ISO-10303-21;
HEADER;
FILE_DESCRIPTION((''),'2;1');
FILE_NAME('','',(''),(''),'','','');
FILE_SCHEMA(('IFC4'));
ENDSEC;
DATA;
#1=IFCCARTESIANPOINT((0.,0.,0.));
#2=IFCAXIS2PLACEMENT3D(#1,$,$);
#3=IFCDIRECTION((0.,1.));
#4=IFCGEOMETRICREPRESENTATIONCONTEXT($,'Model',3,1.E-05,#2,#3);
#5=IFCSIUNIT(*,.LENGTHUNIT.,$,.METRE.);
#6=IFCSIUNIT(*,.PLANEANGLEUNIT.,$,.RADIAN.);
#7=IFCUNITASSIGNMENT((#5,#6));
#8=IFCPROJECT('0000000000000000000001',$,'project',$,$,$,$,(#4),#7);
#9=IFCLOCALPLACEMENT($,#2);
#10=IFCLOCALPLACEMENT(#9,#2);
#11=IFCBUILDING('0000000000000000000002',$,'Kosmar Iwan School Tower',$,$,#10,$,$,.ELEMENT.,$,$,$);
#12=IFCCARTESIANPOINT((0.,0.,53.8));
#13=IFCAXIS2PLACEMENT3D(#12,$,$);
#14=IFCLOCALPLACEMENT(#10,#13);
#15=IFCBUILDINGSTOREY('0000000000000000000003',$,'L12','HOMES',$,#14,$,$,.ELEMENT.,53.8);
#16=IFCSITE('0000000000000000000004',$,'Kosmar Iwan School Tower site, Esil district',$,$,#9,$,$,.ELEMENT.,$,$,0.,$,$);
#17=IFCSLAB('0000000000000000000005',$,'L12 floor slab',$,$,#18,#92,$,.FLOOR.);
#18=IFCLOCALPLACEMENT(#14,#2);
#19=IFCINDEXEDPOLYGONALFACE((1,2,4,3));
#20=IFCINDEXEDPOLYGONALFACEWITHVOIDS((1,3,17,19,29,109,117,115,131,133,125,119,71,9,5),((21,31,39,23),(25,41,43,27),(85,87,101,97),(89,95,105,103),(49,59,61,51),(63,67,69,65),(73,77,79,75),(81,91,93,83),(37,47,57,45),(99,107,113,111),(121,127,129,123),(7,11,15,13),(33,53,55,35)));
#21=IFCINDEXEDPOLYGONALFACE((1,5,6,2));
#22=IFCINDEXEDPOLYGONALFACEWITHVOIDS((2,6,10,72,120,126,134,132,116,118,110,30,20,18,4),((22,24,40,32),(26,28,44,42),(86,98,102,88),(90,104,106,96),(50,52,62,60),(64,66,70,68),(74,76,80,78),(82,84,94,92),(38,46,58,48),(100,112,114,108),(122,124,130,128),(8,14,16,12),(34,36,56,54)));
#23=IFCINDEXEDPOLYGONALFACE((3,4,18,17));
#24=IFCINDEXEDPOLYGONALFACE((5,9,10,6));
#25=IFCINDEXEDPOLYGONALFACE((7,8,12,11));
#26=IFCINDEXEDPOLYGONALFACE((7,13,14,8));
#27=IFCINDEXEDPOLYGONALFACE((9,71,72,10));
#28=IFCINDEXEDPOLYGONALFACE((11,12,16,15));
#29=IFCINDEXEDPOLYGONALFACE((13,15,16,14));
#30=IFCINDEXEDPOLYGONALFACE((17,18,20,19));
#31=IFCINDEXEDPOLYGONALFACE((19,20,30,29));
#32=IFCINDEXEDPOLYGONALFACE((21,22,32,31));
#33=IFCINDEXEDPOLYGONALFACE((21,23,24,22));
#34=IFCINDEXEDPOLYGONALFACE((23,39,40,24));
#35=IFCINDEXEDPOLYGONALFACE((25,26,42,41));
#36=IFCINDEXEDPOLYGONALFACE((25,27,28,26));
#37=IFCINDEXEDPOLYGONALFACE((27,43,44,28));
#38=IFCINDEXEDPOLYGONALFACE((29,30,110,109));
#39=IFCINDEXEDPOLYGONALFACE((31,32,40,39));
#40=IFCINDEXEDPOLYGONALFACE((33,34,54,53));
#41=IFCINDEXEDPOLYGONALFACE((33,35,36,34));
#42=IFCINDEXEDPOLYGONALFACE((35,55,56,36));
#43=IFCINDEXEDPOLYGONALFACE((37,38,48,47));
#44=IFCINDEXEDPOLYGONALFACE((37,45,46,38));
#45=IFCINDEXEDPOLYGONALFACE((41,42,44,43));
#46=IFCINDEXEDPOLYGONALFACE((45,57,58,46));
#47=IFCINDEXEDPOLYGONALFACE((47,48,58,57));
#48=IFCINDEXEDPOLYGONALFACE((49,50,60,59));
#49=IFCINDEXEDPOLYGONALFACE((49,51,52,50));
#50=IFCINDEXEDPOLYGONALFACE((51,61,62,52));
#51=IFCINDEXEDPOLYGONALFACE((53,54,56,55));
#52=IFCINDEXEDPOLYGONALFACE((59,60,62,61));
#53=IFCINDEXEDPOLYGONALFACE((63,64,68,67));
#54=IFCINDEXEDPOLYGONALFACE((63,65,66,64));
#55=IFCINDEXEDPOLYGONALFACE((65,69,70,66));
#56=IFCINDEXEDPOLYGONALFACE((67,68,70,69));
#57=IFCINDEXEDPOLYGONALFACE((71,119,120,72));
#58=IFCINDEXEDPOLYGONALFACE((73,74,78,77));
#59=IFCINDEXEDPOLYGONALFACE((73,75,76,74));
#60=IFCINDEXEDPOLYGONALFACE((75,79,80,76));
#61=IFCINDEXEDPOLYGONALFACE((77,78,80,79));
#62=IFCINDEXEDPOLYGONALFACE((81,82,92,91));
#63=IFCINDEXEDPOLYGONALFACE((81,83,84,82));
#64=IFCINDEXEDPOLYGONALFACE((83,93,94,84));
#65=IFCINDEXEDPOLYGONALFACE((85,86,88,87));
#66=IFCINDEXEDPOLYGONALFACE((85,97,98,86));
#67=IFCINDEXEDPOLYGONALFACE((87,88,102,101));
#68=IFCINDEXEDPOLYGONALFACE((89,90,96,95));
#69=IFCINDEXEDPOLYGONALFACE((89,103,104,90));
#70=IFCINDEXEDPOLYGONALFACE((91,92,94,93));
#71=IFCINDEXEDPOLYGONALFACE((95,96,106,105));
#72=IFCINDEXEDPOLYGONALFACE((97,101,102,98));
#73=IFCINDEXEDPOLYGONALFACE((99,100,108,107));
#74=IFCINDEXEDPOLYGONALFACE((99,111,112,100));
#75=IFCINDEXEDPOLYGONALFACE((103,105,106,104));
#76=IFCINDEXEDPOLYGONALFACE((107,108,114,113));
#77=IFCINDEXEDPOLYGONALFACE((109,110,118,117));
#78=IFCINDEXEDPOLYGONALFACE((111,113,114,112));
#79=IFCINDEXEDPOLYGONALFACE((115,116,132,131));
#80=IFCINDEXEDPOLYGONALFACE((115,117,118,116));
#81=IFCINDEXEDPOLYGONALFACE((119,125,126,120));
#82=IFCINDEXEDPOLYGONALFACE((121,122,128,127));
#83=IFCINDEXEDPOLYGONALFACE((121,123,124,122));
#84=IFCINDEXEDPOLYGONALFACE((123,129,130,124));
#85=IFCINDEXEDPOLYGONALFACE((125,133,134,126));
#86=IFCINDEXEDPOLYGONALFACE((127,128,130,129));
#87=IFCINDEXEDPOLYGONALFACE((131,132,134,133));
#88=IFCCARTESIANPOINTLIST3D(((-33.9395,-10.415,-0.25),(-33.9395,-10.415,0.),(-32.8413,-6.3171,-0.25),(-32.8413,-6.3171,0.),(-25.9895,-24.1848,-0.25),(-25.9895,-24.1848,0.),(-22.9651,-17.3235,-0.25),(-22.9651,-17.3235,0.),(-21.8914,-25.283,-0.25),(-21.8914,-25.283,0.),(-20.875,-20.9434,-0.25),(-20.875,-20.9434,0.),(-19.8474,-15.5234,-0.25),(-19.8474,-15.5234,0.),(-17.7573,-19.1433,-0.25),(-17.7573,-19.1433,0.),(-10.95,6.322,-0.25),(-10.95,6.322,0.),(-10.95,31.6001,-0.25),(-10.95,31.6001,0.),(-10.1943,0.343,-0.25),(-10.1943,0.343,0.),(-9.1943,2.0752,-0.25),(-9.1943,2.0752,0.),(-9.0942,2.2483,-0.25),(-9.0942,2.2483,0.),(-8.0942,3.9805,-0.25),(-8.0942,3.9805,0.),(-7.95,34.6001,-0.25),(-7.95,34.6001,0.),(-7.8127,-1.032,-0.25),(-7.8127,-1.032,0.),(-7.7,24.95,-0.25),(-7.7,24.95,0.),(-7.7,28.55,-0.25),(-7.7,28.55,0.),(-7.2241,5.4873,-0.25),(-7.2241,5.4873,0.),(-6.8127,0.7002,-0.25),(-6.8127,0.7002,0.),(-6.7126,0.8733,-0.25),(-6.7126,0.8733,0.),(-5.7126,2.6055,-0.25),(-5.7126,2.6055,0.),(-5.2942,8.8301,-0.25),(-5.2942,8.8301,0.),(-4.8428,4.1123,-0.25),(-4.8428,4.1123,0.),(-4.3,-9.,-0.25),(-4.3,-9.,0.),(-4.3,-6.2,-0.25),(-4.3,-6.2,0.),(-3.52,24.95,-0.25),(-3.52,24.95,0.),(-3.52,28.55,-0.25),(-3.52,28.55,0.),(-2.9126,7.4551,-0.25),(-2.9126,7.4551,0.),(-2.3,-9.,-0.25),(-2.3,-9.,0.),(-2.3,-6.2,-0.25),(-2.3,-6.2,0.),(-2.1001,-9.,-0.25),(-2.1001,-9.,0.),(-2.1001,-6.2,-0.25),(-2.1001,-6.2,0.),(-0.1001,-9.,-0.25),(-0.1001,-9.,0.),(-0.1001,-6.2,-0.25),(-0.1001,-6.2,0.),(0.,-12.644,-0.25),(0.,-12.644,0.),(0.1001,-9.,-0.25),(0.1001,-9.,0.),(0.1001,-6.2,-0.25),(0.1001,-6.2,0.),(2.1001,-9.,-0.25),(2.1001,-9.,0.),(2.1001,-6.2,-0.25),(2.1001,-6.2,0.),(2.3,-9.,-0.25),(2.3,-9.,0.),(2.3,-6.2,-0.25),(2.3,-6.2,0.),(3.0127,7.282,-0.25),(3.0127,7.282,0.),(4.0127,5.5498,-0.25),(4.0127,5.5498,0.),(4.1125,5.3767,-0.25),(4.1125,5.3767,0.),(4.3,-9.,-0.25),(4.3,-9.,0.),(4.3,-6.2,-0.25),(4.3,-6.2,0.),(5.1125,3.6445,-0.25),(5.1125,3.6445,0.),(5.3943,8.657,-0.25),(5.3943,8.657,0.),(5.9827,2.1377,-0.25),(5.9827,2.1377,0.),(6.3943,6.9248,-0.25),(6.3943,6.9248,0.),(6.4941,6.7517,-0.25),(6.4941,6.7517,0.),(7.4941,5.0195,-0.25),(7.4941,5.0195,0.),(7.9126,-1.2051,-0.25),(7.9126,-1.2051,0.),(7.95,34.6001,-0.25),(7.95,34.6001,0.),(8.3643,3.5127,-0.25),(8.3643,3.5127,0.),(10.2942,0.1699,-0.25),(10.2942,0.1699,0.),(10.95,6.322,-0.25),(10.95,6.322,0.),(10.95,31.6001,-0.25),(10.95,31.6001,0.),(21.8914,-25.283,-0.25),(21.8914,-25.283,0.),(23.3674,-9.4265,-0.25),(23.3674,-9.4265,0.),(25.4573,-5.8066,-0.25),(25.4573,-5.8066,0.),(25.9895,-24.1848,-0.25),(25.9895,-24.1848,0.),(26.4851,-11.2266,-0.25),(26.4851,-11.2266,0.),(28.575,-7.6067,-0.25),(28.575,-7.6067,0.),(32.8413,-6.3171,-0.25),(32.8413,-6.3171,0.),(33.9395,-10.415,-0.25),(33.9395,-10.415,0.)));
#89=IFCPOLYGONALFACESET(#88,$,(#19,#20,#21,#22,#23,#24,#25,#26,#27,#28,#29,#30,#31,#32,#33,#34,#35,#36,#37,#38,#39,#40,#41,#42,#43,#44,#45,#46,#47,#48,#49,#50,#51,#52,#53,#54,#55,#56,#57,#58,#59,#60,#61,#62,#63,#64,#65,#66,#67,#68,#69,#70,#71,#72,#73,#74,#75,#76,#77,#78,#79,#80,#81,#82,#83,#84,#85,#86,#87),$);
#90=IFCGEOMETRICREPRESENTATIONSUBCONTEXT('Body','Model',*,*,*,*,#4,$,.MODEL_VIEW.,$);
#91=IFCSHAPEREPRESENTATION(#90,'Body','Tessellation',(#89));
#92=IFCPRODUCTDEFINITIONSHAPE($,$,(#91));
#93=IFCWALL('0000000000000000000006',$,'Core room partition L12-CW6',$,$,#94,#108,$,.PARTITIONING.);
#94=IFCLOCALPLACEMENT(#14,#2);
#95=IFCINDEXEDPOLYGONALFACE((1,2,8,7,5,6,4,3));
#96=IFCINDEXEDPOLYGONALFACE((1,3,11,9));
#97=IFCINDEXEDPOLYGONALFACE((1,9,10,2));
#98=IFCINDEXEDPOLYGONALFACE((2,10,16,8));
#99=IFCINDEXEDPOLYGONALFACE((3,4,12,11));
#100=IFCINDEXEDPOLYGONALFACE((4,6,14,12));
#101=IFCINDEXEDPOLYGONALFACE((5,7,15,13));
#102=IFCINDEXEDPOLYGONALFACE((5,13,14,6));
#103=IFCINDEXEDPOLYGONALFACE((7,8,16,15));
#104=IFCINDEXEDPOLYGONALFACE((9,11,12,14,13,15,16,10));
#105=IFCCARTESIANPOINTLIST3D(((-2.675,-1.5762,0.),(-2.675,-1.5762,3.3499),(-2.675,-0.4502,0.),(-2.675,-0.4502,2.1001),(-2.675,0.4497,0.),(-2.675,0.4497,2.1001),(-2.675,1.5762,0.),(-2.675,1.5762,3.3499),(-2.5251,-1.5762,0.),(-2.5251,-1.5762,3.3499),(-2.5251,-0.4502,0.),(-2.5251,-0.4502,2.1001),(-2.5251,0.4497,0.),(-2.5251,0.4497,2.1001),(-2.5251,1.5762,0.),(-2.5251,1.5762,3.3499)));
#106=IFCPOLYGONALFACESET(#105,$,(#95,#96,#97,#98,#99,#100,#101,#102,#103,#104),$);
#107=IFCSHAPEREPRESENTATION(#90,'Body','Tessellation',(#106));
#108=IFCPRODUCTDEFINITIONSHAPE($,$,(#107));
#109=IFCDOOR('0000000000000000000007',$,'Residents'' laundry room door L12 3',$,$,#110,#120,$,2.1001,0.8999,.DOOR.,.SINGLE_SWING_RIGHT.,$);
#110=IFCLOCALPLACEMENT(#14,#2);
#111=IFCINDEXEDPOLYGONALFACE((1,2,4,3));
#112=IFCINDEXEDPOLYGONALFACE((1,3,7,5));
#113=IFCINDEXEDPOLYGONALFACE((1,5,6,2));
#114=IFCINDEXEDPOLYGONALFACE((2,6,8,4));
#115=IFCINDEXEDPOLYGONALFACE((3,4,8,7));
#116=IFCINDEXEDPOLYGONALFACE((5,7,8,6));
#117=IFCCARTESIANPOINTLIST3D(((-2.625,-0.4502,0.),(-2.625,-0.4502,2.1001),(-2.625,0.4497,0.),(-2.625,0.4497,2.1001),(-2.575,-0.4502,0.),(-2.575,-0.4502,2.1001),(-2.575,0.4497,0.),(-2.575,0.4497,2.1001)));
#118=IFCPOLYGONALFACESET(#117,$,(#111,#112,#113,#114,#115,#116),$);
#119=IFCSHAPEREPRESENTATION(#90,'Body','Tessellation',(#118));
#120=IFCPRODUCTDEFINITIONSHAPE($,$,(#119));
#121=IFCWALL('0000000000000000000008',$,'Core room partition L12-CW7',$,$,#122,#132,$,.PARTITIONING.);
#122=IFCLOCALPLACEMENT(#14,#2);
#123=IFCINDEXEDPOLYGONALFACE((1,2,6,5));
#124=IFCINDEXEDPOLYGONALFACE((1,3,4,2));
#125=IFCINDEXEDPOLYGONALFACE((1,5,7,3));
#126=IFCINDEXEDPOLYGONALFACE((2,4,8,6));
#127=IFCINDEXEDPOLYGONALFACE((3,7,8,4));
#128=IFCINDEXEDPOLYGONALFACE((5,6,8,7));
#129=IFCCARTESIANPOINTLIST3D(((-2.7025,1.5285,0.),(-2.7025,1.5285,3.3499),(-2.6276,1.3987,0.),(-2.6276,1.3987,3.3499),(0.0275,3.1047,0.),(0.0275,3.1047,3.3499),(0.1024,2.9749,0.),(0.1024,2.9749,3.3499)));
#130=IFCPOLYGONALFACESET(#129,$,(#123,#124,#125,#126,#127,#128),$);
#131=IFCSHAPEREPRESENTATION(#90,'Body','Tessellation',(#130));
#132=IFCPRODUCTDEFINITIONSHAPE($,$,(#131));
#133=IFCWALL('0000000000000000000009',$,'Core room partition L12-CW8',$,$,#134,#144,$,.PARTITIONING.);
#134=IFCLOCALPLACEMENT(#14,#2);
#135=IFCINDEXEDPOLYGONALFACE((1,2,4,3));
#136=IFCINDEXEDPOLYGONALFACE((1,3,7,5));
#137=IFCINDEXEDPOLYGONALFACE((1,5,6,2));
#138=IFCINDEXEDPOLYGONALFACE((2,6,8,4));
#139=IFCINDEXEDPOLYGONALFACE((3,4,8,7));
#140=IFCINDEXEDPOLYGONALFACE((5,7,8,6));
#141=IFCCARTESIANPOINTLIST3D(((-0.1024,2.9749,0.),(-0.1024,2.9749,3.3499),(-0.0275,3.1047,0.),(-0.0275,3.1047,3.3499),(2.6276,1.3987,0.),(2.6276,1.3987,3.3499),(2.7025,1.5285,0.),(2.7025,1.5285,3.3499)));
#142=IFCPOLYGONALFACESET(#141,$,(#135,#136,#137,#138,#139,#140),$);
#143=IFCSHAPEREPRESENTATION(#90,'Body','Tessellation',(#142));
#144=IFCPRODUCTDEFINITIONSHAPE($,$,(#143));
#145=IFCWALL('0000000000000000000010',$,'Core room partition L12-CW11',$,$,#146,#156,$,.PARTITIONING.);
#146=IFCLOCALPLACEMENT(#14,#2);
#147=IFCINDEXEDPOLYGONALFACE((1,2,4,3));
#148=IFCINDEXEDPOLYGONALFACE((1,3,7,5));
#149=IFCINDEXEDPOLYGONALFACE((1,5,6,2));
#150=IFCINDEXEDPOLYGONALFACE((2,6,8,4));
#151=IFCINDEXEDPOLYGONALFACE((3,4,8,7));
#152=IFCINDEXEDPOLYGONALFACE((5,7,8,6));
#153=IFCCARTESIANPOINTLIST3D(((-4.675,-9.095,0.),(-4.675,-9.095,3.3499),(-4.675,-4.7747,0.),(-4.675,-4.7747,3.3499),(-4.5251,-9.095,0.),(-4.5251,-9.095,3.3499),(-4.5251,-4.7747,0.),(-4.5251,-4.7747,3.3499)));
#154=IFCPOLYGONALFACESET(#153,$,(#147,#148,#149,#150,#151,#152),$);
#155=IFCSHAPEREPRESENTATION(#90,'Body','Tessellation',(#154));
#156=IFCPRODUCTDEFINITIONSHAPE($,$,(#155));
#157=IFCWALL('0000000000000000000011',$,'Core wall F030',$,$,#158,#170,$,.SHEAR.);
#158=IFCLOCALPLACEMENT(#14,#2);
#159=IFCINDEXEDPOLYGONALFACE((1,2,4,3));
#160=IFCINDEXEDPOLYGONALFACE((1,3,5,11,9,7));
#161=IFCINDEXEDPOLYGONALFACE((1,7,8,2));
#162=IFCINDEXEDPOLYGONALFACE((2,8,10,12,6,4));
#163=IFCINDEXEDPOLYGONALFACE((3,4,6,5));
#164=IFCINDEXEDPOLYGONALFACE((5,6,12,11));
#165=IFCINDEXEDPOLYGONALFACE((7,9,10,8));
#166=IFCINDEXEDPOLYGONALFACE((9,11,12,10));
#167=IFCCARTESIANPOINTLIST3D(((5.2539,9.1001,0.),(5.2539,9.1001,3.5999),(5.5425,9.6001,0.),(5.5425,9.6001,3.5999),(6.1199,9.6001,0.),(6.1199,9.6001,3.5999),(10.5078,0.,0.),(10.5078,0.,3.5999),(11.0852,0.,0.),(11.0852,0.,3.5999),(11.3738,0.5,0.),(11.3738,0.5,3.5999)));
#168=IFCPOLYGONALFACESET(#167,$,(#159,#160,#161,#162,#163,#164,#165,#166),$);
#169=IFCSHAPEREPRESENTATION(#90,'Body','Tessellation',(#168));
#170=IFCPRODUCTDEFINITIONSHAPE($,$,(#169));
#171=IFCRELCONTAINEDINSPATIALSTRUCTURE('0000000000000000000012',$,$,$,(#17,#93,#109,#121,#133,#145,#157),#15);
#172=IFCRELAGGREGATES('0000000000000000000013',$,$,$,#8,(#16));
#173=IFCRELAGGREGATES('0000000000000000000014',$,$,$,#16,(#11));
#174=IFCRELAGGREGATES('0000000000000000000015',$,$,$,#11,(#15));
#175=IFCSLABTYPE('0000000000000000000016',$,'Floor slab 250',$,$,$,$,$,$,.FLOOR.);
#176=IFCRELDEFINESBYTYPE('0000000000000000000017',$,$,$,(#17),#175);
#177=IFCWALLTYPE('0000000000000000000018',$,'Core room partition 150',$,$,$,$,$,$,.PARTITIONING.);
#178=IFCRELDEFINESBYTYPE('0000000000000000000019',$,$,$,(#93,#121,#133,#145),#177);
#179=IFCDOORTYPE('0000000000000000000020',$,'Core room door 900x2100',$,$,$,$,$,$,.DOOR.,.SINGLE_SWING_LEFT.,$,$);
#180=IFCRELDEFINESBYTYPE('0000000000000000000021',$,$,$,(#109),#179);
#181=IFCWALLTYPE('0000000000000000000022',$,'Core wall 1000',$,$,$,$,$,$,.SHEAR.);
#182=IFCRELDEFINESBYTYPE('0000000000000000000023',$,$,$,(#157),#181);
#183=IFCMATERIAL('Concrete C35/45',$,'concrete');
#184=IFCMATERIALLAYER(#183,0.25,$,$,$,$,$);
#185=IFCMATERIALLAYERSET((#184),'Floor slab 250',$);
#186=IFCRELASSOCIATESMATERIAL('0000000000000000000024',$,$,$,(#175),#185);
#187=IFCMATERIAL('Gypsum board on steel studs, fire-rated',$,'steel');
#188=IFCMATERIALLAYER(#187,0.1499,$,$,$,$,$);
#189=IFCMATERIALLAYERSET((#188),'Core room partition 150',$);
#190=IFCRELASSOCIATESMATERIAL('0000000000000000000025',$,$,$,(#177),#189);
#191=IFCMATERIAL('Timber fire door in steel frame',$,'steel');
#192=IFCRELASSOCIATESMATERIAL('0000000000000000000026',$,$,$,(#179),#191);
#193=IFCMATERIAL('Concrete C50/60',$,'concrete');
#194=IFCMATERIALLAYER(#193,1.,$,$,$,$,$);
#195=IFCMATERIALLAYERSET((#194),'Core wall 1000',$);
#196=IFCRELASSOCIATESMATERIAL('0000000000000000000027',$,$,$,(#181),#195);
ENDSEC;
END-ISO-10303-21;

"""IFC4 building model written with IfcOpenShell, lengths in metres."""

from ifc_helpers import new_model, si_unit, direction, frame, frame_2d, origin, place, context, subcontext, project, spatial, polyline, rectangle, outline, extrude, material, layer, layer_set, type_object, element, fill, save


model = new_model("IFC4")

# Units and contexts
model_context = context("Model", 3, precision=1e-05, world=origin(), true_north=direction((0.0, 1.0)))
body_context = subcontext(model_context, "Body", "Model", "MODEL_VIEW")
ifc_project = project(units=[si_unit("LENGTHUNIT", "METRE"), si_unit("PLANEANGLEUNIT", "RADIAN")], contexts=[model_context])

# Site, building, storey
site_placement = place(None, origin())
site = spatial("IfcSite", under=ifc_project, at=site_placement, Name="Kosmar Iwan School Tower site, Esil district", CompositionType="ELEMENT", RefElevation=0.0)
building_placement = place(site_placement, origin())
building = spatial("IfcBuilding", under=site, at=building_placement, Name="Kosmar Iwan School Tower", CompositionType="ELEMENT")
storey_placement = place(building_placement, frame((0.0, 0.0, 53.8)))
storey = spatial("IfcBuildingStorey", under=building, at=storey_placement, Name="L12", Description="HOMES", CompositionType="ELEMENT", Elevation=53.8)

# Slab
ifc_material_1 = material(Name="Concrete C35/45", Category="concrete")
ifc_layer_1 = layer(ifc_material_1, 0.25)
ifc_layer_set_1 = layer_set([ifc_layer_1], Name="Floor slab 250")
slab_type = type_object("IfcSlabType", Name="Floor slab 250", PredefinedType="FLOOR", material=ifc_layer_set_1)
slab_placement = place(storey_placement, frame((0.0, 0.0, -0.25)))
element("IfcSlab", 1, at=slab_placement, inside=storey, type_object=slab_type, Name="L12 floor slab", PredefinedType="FLOOR", context=body_context, shape_type="SweptSolid", body=[
    extrude(outline(polyline([(-21.8914, -25.283), (0.0, -12.644), (21.8914, -25.283), (25.9895, -24.1848), (33.9395, -10.415), (32.8413, -6.3171), (10.95, 6.322), (10.95, 31.6001), (7.95, 34.6001), (-7.95, 34.6001), (-10.95, 31.6001), (-10.95, 6.322), (-32.8413, -6.3171), (-33.9395, -10.415), (-25.9895, -24.1848), (-21.8914, -25.283)]), holes=[polyline([(7.9126, -1.2051), (10.2942, 0.1699), (8.3643, 3.5127), (5.9827, 2.1377), (7.9126, -1.2051)]), polyline([(-2.9126, 7.4551), (-5.2942, 8.8301), (-7.2241, 5.4873), (-4.8428, 4.1123), (-2.9126, 7.4551)]), polyline([(-5.7126, 2.6055), (-8.0942, 3.9805), (-9.0942, 2.2483), (-6.7126, 0.8733), (-5.7126, 2.6055)]), polyline([(-6.8127, 0.7002), (-9.1943, 2.0752), (-10.1943, 0.343), (-7.8127, -1.032), (-6.8127, 0.7002)]), polyline([(5.1125, 3.6445), (7.4941, 5.0195), (6.4941, 6.7517), (4.1125, 5.3767), (5.1125, 3.6445)]), polyline([(4.0127, 5.5498), (6.3943, 6.9248), (5.3943, 8.657), (3.0127, 7.282), (4.0127, 5.5498)]), polyline([(-4.3, -6.2), (-4.3, -9.0), (-2.3, -9.0), (-2.3, -6.2), (-4.3, -6.2)]), polyline([(-2.1001, -6.2), (-2.1001, -9.0), (-0.1001, -9.0), (-0.1001, -6.2), (-2.1001, -6.2)]), polyline([(0.1001, -6.2), (0.1001, -9.0), (2.1001, -9.0), (2.1001, -6.2), (0.1001, -6.2)]), polyline([(2.3, -6.2), (2.3, -9.0), (4.3, -9.0), (4.3, -6.2), (2.3, -6.2)]), polyline([(-3.52, 24.95), (-3.52, 28.55), (-7.7, 28.55), (-7.7, 24.95), (-3.52, 24.95)]), polyline([(-19.8474, -15.5234), (-22.9651, -17.3235), (-20.875, -20.9434), (-17.7573, -19.1433), (-19.8474, -15.5234)]), polyline([(23.3674, -9.4265), (26.4851, -11.2266), (28.575, -7.6067), (25.4573, -5.8066), (23.3674, -9.4265)])]), origin(), (0.0, 0.0, 1.0), 0.25),
])

# Wall, opening, door
ifc_material_2 = material(Name="Gypsum board on steel studs, fire-rated", Category="steel")
ifc_layer_2 = layer(ifc_material_2, 0.1499)
ifc_layer_set_2 = layer_set([ifc_layer_2], Name="Core room partition 150")
wall_type_1 = type_object("IfcWallType", Name="Core room partition 150", PredefinedType="PARTITIONING", material=ifc_layer_set_2)
wall_1_placement = place(storey_placement, frame((-2.6001, -1.5762, 0.0), z_axis=(0.0, 0.0, 1.0), x_axis=(0.0, 1.0, 0.0)))
wall_1 = element("IfcWall", 2, at=wall_1_placement, inside=storey, type_object=wall_type_1, Name="Core room partition L12-CW6", PredefinedType="PARTITIONING", context=body_context, shape_type="SweptSolid", body=[
    extrude(rectangle(XDim=3.1523, YDim=0.1499, at=frame_2d((1.5762, 0.0))), origin(), (0.0, 0.0, 1.0), 3.3499),
])
opening_1_placement = place(wall_1_placement, frame((1.126, 0.0, 0.0)))
opening_1 = element("IfcOpeningElement", 3, at=opening_1_placement, cuts=wall_1, PredefinedType="OPENING", context=body_context, shape_type="SweptSolid", body=[
    extrude(rectangle(XDim=0.8999, YDim=2.1001, at=frame_2d((0.45, 1.05))), frame((0.0, 0.0869, 0.0), z_axis=(0.0, -1.0, 0.0), x_axis=(1.0, 0.0, 0.0)), (0.0, 0.0, 1.0), 0.1738),
])
ifc_material_3 = material(Name="Timber fire door in steel frame", Category="steel")
door_type_1 = type_object("IfcDoorType", Name="Core room door 900x2100", OperationType="SINGLE_SWING_LEFT", PredefinedType="DOOR", material=ifc_material_3)
door_1_placement = place(opening_1_placement, origin())
door_1 = element("IfcDoor", 4, at=door_1_placement, inside=storey, type_object=door_type_1, Name="Residents' laundry room door L12 3", OperationType="SINGLE_SWING_RIGHT", OverallHeight=2.1001, OverallWidth=0.8999, PredefinedType="DOOR", context=body_context, shape_type="SweptSolid", body=[
    extrude(rectangle(XDim=0.8999, YDim=2.1001, at=frame_2d((0.45, 1.05))), frame((0.0, 0.0249, 0.0), z_axis=(0.0, -1.0, 0.0), x_axis=(1.0, 0.0, 0.0)), (0.0, 0.0, 1.0), 0.05),
])
fill(opening_1, door_1)

# Walls
for number, where, z_axis, x_axis, name in (
    (5, (-2.665, 1.4636, 0.0), (0.0, 0.0, 1.0), (0.866023, 0.500004, 0.0), "Core room partition L12-CW7"),
    (6, (-0.0649, 3.0398, 0.0), (0.0, 0.0, 1.0), (0.866023, -0.500004, 0.0), "Core room partition L12-CW8"),
):
    element("IfcWall", number, at=place(storey_placement, frame(where, z_axis=z_axis, x_axis=x_axis)), inside=storey, type_object=wall_type_1, Name=name, PredefinedType="PARTITIONING", context=body_context, shape_type="SweptSolid", body=[
        extrude(rectangle(XDim=3.1523, YDim=0.1499, at=frame_2d((1.5762, 0.0))), origin(), (0.0, 0.0, 1.0), 3.3499),
    ])
wall_2_placement = place(storey_placement, frame((-4.6001, -4.7747, 0.0), z_axis=(0.0, 0.0, 1.0), x_axis=(0.0, -1.0, 0.0)))
element("IfcWall", 7, at=wall_2_placement, inside=storey, type_object=wall_type_1, Name="Core room partition L12-CW11", PredefinedType="PARTITIONING", context=body_context, shape_type="SweptSolid", body=[
    extrude(rectangle(XDim=4.3203, YDim=0.1499, at=frame_2d((2.1602, 0.0))), origin(), (0.0, 0.0, 1.0), 3.3499),
])
ifc_material_4 = material(Name="Concrete C50/60", Category="concrete")
ifc_layer_3 = layer(ifc_material_4, 1.0)
ifc_layer_set_3 = layer_set([ifc_layer_3], Name="Core wall 1000")
wall_type_2 = type_object("IfcWallType", Name="Core wall 1000", PredefinedType="SHEAR", material=ifc_layer_set_3)
wall_3_placement = place(storey_placement, origin())
element("IfcWall", 8, at=wall_3_placement, inside=storey, type_object=wall_type_2, Name="Core wall F030", PredefinedType="SHEAR", context=body_context, shape_type="SweptSolid", body=[
    extrude(outline(polyline([(10.5078, 0.0), (11.0852, 0.0), (11.3738, 0.5), (6.1199, 9.6001), (5.5425, 9.6001), (5.2539, 9.1001), (10.5078, 0.0)])), origin(), (0.0, 0.0, 1.0), 3.5999),
])

save(model, "model.ifc")
